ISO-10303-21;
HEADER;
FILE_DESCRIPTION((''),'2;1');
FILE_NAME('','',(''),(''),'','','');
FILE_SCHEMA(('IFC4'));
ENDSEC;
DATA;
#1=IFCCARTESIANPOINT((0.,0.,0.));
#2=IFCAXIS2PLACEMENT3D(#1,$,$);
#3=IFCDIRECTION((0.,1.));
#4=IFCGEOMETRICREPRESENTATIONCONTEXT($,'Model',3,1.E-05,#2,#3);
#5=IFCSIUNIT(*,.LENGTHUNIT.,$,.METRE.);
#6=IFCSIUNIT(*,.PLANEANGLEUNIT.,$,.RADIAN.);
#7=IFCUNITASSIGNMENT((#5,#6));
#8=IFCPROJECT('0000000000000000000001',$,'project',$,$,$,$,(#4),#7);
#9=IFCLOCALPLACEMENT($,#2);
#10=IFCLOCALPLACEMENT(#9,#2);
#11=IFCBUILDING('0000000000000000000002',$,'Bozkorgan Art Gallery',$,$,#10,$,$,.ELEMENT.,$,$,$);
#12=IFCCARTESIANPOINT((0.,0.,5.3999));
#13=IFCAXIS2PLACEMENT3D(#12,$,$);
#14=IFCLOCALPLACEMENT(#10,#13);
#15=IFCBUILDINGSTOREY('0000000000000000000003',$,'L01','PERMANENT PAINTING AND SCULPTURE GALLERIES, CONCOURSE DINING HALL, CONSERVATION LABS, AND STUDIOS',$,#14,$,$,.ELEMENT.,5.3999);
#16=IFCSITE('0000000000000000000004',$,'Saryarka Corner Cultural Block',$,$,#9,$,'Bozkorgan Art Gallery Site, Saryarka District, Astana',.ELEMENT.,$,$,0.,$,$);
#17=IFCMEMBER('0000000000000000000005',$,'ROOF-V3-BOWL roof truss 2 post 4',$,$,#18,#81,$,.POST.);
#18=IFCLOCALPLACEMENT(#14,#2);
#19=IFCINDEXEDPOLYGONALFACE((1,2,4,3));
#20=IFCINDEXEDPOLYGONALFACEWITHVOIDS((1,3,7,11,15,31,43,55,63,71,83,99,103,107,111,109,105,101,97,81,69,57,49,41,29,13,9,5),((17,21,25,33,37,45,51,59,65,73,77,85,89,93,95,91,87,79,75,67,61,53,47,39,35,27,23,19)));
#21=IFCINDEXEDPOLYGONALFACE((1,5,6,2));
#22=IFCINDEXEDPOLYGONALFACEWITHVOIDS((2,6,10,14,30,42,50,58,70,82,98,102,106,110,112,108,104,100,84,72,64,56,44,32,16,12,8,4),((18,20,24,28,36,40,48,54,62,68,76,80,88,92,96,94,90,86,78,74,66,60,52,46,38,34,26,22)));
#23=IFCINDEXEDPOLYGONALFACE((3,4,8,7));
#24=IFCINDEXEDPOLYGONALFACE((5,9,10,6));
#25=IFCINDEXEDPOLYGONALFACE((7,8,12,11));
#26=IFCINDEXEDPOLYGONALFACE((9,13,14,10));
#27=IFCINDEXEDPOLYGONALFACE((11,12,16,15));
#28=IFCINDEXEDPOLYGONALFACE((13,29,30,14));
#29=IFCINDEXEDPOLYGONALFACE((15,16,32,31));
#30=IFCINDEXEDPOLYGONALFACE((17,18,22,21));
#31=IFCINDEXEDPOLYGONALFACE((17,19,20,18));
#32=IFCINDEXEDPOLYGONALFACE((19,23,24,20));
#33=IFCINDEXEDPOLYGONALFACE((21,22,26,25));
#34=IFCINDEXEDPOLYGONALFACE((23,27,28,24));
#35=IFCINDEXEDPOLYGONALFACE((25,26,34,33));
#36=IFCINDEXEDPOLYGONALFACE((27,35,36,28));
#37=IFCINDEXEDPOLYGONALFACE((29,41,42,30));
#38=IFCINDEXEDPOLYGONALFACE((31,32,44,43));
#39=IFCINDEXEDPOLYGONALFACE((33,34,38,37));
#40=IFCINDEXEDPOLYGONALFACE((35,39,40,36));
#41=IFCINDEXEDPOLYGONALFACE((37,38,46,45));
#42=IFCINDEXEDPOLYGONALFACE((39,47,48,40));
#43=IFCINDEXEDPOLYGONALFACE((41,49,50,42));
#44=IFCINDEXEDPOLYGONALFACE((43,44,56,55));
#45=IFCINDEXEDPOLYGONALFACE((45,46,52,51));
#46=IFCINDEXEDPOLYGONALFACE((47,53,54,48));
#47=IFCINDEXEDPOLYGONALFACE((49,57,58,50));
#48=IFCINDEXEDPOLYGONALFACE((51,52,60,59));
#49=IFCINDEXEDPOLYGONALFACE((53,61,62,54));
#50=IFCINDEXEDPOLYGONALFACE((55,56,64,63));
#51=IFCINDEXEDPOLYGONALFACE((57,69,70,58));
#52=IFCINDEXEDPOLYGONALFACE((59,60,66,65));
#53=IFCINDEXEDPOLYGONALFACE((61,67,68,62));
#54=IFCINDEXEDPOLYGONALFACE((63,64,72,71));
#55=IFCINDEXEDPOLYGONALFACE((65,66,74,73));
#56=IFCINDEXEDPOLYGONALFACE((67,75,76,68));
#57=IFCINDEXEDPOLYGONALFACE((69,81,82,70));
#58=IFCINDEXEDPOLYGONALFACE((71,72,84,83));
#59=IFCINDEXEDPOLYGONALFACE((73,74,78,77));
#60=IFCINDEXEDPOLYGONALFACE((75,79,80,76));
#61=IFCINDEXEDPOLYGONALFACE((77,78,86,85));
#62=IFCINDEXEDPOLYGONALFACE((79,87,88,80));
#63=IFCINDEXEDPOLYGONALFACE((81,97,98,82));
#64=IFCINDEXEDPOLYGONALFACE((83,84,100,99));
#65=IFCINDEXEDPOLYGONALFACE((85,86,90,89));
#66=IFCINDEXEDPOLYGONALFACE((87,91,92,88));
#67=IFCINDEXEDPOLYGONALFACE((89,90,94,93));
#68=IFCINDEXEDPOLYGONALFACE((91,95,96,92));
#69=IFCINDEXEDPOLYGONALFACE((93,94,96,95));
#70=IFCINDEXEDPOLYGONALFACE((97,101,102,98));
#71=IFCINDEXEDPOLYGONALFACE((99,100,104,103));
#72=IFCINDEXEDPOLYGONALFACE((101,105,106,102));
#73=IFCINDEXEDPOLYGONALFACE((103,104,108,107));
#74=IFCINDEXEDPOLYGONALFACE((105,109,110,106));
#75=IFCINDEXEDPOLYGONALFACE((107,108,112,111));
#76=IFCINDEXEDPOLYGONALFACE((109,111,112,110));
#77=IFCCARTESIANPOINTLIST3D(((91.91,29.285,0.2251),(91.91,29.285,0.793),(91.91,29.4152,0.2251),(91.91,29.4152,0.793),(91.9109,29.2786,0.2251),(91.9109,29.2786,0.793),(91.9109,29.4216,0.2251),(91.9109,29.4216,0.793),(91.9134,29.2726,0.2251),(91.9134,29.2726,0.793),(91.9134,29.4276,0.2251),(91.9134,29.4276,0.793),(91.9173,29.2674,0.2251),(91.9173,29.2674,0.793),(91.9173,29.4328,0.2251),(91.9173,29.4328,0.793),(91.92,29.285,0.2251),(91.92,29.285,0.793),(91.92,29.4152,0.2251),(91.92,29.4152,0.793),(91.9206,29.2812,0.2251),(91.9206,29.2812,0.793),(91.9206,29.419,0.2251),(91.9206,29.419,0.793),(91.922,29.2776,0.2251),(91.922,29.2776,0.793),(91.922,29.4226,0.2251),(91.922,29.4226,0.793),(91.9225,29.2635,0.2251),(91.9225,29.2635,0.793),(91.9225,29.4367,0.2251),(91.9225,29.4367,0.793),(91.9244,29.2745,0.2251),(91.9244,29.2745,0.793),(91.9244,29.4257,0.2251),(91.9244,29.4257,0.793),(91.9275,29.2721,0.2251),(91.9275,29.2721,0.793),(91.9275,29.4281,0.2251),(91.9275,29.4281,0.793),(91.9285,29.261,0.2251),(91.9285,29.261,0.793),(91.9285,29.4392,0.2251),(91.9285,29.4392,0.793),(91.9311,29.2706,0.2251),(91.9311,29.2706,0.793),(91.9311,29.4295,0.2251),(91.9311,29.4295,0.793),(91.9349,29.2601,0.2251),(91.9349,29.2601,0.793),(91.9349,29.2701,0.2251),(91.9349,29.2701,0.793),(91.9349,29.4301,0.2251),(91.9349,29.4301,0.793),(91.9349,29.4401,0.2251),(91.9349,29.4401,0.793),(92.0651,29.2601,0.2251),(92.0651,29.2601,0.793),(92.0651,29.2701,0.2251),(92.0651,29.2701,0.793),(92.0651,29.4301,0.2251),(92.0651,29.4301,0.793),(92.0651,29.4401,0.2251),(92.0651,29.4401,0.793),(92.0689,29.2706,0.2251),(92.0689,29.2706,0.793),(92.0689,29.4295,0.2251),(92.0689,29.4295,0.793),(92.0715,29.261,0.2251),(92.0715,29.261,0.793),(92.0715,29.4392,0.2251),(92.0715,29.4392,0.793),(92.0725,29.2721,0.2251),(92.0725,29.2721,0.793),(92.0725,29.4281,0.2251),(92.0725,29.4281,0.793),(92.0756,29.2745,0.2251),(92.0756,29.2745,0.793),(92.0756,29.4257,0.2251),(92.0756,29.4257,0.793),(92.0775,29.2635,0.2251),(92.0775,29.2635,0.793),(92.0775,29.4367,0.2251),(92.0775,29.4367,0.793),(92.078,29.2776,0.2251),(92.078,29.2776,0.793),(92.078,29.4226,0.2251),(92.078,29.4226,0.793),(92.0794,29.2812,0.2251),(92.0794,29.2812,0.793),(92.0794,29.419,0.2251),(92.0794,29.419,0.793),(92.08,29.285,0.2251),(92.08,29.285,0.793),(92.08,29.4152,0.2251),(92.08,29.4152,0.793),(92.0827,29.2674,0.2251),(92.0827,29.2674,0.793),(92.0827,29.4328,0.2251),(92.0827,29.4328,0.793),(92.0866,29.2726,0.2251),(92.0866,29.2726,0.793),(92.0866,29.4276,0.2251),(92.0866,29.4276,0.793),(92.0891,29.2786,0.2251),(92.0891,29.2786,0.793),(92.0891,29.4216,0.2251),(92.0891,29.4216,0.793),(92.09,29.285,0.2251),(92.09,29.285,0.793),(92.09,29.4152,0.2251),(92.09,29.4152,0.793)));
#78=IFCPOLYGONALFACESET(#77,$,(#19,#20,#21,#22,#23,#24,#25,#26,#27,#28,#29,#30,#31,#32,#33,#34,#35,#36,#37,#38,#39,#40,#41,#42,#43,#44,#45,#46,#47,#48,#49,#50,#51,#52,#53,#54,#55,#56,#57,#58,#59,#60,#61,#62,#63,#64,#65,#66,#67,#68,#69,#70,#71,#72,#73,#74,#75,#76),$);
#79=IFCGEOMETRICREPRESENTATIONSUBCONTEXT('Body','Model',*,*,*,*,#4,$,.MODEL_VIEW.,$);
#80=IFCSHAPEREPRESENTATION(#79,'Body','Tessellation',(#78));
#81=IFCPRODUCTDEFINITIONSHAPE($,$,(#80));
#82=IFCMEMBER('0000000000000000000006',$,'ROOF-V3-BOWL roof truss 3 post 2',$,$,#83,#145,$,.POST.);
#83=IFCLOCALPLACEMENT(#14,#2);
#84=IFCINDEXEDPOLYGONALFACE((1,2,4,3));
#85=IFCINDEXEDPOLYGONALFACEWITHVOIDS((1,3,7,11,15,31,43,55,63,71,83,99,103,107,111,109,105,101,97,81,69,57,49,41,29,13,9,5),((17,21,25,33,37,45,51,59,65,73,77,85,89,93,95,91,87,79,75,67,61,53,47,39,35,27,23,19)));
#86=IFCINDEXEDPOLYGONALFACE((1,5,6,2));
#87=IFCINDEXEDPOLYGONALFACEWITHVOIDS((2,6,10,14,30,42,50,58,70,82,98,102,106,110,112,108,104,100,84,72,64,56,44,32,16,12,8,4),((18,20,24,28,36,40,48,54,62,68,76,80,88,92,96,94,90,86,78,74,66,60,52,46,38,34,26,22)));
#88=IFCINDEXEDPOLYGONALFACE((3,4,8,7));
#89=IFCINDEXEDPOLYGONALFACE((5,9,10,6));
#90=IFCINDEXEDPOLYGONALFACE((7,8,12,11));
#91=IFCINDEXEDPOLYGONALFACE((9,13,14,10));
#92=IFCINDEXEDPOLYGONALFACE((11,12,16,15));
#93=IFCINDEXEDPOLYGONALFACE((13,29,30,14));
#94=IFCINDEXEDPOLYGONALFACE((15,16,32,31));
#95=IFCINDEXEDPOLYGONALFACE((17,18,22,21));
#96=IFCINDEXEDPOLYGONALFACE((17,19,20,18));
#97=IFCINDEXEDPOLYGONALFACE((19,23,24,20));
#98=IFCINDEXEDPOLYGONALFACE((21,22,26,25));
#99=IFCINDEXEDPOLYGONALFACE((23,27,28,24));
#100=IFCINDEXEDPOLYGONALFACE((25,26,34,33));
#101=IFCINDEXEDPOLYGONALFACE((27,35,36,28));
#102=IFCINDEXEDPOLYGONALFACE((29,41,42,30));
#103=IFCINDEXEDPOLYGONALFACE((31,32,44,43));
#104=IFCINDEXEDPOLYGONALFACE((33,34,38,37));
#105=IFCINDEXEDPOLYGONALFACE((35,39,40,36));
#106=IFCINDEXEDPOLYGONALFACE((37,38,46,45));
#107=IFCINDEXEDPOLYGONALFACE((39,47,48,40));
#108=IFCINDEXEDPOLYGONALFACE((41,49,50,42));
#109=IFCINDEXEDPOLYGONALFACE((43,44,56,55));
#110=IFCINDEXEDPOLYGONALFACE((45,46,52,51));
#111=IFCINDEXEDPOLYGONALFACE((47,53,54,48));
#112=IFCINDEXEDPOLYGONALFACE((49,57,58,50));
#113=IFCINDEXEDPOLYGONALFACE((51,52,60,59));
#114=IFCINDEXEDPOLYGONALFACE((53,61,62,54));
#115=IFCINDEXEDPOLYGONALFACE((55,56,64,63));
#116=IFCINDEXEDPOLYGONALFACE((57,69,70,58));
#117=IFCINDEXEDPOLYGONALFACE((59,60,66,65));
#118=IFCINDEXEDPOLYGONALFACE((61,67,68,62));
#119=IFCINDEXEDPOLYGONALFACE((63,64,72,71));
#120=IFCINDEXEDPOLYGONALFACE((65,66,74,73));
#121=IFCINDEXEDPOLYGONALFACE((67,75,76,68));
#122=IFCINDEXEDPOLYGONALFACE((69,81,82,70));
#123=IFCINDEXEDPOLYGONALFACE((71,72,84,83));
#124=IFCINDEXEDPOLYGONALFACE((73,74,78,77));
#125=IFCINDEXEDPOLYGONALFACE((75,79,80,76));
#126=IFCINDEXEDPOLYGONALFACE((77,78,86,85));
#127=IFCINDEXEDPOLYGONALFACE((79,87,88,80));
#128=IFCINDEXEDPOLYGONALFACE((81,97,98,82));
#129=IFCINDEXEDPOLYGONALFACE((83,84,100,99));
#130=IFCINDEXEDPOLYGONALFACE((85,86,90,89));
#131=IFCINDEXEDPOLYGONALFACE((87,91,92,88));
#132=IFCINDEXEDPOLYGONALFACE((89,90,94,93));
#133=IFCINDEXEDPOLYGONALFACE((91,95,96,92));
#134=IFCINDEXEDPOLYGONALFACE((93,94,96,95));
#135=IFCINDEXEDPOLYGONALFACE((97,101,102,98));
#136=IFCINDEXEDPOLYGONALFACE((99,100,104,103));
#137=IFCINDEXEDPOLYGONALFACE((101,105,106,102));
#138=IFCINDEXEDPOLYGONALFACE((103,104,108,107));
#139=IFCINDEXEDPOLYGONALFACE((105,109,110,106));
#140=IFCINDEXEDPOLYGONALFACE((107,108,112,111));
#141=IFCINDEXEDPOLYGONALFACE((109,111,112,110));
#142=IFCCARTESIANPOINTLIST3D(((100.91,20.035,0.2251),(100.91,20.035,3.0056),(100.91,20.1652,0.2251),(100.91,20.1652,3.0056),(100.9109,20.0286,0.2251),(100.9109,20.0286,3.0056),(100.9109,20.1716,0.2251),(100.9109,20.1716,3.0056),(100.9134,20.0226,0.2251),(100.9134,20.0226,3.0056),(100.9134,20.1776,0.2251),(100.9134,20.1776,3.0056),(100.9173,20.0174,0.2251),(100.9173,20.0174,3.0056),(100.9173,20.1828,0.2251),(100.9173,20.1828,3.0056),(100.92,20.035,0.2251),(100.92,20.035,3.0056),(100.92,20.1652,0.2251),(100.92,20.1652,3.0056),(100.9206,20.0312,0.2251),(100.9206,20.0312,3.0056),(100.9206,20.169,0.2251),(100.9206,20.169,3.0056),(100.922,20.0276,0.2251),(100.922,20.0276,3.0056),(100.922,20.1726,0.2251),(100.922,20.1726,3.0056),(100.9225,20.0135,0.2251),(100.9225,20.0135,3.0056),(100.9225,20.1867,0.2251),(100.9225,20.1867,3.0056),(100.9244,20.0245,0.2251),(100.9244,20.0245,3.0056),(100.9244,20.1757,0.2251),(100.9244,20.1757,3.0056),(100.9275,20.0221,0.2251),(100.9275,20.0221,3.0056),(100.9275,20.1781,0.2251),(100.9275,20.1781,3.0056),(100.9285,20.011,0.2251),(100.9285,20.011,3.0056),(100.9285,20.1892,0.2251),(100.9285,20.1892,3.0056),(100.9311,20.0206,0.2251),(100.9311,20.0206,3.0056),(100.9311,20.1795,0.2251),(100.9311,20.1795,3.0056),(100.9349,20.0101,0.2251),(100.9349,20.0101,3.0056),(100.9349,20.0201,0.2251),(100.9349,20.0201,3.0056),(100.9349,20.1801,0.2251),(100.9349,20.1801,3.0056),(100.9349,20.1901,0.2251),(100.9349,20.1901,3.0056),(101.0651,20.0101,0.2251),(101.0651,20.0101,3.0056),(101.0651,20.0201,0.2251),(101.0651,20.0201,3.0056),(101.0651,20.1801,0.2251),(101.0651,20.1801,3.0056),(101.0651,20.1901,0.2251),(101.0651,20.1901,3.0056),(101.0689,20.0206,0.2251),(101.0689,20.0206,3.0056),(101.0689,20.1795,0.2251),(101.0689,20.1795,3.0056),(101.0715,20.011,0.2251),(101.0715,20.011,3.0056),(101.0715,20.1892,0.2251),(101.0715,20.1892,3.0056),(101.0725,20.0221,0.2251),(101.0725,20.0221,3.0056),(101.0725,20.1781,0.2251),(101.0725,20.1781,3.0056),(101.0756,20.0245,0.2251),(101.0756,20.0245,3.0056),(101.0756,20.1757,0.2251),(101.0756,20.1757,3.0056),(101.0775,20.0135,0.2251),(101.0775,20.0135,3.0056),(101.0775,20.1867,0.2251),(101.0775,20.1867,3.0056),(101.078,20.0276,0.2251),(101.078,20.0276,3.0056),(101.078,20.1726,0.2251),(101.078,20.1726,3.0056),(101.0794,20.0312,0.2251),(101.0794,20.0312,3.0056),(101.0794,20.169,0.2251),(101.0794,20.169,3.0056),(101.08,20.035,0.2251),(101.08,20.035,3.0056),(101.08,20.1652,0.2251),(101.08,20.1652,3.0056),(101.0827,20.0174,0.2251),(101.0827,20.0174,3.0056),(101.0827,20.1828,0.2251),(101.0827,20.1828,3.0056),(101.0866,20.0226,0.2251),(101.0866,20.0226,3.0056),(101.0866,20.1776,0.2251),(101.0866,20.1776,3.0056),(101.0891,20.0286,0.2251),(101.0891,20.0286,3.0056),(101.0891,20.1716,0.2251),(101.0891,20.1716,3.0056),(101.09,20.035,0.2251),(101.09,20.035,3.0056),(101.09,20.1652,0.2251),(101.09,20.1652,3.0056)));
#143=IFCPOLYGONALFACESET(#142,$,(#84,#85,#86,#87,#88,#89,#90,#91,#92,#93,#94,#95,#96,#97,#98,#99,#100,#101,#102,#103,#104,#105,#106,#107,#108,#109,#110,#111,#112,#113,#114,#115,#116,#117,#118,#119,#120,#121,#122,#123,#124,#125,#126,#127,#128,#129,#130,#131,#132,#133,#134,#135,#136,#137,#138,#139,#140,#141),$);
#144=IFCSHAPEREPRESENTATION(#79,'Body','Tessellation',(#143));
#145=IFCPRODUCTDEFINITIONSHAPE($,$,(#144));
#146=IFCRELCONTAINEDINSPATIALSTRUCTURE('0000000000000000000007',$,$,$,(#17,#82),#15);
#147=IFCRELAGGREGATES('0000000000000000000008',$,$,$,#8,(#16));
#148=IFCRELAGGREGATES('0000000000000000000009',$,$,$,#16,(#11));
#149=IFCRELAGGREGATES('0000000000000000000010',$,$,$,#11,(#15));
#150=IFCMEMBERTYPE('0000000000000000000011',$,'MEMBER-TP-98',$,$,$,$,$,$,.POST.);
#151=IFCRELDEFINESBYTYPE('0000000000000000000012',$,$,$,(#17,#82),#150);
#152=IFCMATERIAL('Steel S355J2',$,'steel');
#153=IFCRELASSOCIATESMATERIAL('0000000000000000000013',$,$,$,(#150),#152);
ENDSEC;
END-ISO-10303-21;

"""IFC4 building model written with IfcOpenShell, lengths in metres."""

from ifc_helpers import new_model, si_unit, direction, frame, origin, origin_2d, place, context, subcontext, project, spatial, hollow_rectangle, extrude, material, material_profile, profile_set, type_object, element, save


model = new_model("IFC4")

# Units and contexts
model_context = context("Model", 3, precision=1e-05, world=origin(), true_north=direction((0.0, 1.0)))
body_context = subcontext(model_context, "Body", "Model", "MODEL_VIEW")
ifc_project = project(units=[si_unit("LENGTHUNIT", "METRE"), si_unit("PLANEANGLEUNIT", "RADIAN")], contexts=[model_context])

# Site, building, storey
site_placement = place(None, origin())
site = spatial("IfcSite", under=ifc_project, at=site_placement, Name="Saryarka Corner Cultural Block", LongName="Bozkorgan Art Gallery Site, Saryarka District, Astana", CompositionType="ELEMENT", RefElevation=0.0)
building_placement = place(site_placement, origin())
building = spatial("IfcBuilding", under=site, at=building_placement, Name="Bozkorgan Art Gallery", CompositionType="ELEMENT")
storey_placement = place(building_placement, frame((0.0, 0.0, 5.3999)))
storey = spatial("IfcBuildingStorey", under=building, at=storey_placement, Name="L01", Description="PERMANENT PAINTING AND SCULPTURE GALLERIES, CONCOURSE DINING HALL, CONSERVATION LABS, AND STUDIOS", CompositionType="ELEMENT", Elevation=5.3999)

# Members
ifc_material_1 = material(Name="Steel S355J2", Category="steel")
ifc_material_profile_1 = material_profile(ifc_material_1, hollow_rectangle(XDim=0.1799, YDim=0.1799, WallThickness=0.01, InnerFilletRadius=0.0149, OuterFilletRadius=0.0249, at=origin_2d()), Name="SHS 180x180x10")
ifc_profile_set_1 = profile_set([ifc_material_profile_1], Name="Steel S355J2")
member_type_1 = type_object("IfcMemberType", Name="MEMBER-TP-98", PredefinedType="POST", material=ifc_profile_set_1)
member_1_placement = place(storey_placement, frame((92.0, 29.3501, 0.2251), z_axis=(0.0, 0.0, 1.0), x_axis=(1.0, 0.0, 0.0)))
element("IfcMember", 1, at=member_1_placement, inside=storey, type_object=member_type_1, Name="ROOF-V3-BOWL roof truss 2 post 4", PredefinedType="POST", context=body_context, shape_type="SweptSolid", body=[
    extrude(hollow_rectangle(XDim=0.1799, YDim=0.1799, WallThickness=0.01, InnerFilletRadius=0.0149, OuterFilletRadius=0.0249, at=origin_2d()), origin(), (0.0, 0.0, 1.0), 0.5679),
])
member_2_placement = place(storey_placement, frame((101.0, 20.1001, 0.2251), z_axis=(0.0, 0.0, 1.0), x_axis=(1.0, 0.0, 0.0)))
element("IfcMember", 2, at=member_2_placement, inside=storey, type_object=member_type_1, Name="ROOF-V3-BOWL roof truss 3 post 2", PredefinedType="POST", context=body_context, shape_type="SweptSolid", body=[
    extrude(hollow_rectangle(XDim=0.1799, YDim=0.1799, WallThickness=0.01, InnerFilletRadius=0.0149, OuterFilletRadius=0.0249, at=origin_2d()), origin(), (0.0, 0.0, 1.0), 2.7805),
])

save(model, "model.ifc")
